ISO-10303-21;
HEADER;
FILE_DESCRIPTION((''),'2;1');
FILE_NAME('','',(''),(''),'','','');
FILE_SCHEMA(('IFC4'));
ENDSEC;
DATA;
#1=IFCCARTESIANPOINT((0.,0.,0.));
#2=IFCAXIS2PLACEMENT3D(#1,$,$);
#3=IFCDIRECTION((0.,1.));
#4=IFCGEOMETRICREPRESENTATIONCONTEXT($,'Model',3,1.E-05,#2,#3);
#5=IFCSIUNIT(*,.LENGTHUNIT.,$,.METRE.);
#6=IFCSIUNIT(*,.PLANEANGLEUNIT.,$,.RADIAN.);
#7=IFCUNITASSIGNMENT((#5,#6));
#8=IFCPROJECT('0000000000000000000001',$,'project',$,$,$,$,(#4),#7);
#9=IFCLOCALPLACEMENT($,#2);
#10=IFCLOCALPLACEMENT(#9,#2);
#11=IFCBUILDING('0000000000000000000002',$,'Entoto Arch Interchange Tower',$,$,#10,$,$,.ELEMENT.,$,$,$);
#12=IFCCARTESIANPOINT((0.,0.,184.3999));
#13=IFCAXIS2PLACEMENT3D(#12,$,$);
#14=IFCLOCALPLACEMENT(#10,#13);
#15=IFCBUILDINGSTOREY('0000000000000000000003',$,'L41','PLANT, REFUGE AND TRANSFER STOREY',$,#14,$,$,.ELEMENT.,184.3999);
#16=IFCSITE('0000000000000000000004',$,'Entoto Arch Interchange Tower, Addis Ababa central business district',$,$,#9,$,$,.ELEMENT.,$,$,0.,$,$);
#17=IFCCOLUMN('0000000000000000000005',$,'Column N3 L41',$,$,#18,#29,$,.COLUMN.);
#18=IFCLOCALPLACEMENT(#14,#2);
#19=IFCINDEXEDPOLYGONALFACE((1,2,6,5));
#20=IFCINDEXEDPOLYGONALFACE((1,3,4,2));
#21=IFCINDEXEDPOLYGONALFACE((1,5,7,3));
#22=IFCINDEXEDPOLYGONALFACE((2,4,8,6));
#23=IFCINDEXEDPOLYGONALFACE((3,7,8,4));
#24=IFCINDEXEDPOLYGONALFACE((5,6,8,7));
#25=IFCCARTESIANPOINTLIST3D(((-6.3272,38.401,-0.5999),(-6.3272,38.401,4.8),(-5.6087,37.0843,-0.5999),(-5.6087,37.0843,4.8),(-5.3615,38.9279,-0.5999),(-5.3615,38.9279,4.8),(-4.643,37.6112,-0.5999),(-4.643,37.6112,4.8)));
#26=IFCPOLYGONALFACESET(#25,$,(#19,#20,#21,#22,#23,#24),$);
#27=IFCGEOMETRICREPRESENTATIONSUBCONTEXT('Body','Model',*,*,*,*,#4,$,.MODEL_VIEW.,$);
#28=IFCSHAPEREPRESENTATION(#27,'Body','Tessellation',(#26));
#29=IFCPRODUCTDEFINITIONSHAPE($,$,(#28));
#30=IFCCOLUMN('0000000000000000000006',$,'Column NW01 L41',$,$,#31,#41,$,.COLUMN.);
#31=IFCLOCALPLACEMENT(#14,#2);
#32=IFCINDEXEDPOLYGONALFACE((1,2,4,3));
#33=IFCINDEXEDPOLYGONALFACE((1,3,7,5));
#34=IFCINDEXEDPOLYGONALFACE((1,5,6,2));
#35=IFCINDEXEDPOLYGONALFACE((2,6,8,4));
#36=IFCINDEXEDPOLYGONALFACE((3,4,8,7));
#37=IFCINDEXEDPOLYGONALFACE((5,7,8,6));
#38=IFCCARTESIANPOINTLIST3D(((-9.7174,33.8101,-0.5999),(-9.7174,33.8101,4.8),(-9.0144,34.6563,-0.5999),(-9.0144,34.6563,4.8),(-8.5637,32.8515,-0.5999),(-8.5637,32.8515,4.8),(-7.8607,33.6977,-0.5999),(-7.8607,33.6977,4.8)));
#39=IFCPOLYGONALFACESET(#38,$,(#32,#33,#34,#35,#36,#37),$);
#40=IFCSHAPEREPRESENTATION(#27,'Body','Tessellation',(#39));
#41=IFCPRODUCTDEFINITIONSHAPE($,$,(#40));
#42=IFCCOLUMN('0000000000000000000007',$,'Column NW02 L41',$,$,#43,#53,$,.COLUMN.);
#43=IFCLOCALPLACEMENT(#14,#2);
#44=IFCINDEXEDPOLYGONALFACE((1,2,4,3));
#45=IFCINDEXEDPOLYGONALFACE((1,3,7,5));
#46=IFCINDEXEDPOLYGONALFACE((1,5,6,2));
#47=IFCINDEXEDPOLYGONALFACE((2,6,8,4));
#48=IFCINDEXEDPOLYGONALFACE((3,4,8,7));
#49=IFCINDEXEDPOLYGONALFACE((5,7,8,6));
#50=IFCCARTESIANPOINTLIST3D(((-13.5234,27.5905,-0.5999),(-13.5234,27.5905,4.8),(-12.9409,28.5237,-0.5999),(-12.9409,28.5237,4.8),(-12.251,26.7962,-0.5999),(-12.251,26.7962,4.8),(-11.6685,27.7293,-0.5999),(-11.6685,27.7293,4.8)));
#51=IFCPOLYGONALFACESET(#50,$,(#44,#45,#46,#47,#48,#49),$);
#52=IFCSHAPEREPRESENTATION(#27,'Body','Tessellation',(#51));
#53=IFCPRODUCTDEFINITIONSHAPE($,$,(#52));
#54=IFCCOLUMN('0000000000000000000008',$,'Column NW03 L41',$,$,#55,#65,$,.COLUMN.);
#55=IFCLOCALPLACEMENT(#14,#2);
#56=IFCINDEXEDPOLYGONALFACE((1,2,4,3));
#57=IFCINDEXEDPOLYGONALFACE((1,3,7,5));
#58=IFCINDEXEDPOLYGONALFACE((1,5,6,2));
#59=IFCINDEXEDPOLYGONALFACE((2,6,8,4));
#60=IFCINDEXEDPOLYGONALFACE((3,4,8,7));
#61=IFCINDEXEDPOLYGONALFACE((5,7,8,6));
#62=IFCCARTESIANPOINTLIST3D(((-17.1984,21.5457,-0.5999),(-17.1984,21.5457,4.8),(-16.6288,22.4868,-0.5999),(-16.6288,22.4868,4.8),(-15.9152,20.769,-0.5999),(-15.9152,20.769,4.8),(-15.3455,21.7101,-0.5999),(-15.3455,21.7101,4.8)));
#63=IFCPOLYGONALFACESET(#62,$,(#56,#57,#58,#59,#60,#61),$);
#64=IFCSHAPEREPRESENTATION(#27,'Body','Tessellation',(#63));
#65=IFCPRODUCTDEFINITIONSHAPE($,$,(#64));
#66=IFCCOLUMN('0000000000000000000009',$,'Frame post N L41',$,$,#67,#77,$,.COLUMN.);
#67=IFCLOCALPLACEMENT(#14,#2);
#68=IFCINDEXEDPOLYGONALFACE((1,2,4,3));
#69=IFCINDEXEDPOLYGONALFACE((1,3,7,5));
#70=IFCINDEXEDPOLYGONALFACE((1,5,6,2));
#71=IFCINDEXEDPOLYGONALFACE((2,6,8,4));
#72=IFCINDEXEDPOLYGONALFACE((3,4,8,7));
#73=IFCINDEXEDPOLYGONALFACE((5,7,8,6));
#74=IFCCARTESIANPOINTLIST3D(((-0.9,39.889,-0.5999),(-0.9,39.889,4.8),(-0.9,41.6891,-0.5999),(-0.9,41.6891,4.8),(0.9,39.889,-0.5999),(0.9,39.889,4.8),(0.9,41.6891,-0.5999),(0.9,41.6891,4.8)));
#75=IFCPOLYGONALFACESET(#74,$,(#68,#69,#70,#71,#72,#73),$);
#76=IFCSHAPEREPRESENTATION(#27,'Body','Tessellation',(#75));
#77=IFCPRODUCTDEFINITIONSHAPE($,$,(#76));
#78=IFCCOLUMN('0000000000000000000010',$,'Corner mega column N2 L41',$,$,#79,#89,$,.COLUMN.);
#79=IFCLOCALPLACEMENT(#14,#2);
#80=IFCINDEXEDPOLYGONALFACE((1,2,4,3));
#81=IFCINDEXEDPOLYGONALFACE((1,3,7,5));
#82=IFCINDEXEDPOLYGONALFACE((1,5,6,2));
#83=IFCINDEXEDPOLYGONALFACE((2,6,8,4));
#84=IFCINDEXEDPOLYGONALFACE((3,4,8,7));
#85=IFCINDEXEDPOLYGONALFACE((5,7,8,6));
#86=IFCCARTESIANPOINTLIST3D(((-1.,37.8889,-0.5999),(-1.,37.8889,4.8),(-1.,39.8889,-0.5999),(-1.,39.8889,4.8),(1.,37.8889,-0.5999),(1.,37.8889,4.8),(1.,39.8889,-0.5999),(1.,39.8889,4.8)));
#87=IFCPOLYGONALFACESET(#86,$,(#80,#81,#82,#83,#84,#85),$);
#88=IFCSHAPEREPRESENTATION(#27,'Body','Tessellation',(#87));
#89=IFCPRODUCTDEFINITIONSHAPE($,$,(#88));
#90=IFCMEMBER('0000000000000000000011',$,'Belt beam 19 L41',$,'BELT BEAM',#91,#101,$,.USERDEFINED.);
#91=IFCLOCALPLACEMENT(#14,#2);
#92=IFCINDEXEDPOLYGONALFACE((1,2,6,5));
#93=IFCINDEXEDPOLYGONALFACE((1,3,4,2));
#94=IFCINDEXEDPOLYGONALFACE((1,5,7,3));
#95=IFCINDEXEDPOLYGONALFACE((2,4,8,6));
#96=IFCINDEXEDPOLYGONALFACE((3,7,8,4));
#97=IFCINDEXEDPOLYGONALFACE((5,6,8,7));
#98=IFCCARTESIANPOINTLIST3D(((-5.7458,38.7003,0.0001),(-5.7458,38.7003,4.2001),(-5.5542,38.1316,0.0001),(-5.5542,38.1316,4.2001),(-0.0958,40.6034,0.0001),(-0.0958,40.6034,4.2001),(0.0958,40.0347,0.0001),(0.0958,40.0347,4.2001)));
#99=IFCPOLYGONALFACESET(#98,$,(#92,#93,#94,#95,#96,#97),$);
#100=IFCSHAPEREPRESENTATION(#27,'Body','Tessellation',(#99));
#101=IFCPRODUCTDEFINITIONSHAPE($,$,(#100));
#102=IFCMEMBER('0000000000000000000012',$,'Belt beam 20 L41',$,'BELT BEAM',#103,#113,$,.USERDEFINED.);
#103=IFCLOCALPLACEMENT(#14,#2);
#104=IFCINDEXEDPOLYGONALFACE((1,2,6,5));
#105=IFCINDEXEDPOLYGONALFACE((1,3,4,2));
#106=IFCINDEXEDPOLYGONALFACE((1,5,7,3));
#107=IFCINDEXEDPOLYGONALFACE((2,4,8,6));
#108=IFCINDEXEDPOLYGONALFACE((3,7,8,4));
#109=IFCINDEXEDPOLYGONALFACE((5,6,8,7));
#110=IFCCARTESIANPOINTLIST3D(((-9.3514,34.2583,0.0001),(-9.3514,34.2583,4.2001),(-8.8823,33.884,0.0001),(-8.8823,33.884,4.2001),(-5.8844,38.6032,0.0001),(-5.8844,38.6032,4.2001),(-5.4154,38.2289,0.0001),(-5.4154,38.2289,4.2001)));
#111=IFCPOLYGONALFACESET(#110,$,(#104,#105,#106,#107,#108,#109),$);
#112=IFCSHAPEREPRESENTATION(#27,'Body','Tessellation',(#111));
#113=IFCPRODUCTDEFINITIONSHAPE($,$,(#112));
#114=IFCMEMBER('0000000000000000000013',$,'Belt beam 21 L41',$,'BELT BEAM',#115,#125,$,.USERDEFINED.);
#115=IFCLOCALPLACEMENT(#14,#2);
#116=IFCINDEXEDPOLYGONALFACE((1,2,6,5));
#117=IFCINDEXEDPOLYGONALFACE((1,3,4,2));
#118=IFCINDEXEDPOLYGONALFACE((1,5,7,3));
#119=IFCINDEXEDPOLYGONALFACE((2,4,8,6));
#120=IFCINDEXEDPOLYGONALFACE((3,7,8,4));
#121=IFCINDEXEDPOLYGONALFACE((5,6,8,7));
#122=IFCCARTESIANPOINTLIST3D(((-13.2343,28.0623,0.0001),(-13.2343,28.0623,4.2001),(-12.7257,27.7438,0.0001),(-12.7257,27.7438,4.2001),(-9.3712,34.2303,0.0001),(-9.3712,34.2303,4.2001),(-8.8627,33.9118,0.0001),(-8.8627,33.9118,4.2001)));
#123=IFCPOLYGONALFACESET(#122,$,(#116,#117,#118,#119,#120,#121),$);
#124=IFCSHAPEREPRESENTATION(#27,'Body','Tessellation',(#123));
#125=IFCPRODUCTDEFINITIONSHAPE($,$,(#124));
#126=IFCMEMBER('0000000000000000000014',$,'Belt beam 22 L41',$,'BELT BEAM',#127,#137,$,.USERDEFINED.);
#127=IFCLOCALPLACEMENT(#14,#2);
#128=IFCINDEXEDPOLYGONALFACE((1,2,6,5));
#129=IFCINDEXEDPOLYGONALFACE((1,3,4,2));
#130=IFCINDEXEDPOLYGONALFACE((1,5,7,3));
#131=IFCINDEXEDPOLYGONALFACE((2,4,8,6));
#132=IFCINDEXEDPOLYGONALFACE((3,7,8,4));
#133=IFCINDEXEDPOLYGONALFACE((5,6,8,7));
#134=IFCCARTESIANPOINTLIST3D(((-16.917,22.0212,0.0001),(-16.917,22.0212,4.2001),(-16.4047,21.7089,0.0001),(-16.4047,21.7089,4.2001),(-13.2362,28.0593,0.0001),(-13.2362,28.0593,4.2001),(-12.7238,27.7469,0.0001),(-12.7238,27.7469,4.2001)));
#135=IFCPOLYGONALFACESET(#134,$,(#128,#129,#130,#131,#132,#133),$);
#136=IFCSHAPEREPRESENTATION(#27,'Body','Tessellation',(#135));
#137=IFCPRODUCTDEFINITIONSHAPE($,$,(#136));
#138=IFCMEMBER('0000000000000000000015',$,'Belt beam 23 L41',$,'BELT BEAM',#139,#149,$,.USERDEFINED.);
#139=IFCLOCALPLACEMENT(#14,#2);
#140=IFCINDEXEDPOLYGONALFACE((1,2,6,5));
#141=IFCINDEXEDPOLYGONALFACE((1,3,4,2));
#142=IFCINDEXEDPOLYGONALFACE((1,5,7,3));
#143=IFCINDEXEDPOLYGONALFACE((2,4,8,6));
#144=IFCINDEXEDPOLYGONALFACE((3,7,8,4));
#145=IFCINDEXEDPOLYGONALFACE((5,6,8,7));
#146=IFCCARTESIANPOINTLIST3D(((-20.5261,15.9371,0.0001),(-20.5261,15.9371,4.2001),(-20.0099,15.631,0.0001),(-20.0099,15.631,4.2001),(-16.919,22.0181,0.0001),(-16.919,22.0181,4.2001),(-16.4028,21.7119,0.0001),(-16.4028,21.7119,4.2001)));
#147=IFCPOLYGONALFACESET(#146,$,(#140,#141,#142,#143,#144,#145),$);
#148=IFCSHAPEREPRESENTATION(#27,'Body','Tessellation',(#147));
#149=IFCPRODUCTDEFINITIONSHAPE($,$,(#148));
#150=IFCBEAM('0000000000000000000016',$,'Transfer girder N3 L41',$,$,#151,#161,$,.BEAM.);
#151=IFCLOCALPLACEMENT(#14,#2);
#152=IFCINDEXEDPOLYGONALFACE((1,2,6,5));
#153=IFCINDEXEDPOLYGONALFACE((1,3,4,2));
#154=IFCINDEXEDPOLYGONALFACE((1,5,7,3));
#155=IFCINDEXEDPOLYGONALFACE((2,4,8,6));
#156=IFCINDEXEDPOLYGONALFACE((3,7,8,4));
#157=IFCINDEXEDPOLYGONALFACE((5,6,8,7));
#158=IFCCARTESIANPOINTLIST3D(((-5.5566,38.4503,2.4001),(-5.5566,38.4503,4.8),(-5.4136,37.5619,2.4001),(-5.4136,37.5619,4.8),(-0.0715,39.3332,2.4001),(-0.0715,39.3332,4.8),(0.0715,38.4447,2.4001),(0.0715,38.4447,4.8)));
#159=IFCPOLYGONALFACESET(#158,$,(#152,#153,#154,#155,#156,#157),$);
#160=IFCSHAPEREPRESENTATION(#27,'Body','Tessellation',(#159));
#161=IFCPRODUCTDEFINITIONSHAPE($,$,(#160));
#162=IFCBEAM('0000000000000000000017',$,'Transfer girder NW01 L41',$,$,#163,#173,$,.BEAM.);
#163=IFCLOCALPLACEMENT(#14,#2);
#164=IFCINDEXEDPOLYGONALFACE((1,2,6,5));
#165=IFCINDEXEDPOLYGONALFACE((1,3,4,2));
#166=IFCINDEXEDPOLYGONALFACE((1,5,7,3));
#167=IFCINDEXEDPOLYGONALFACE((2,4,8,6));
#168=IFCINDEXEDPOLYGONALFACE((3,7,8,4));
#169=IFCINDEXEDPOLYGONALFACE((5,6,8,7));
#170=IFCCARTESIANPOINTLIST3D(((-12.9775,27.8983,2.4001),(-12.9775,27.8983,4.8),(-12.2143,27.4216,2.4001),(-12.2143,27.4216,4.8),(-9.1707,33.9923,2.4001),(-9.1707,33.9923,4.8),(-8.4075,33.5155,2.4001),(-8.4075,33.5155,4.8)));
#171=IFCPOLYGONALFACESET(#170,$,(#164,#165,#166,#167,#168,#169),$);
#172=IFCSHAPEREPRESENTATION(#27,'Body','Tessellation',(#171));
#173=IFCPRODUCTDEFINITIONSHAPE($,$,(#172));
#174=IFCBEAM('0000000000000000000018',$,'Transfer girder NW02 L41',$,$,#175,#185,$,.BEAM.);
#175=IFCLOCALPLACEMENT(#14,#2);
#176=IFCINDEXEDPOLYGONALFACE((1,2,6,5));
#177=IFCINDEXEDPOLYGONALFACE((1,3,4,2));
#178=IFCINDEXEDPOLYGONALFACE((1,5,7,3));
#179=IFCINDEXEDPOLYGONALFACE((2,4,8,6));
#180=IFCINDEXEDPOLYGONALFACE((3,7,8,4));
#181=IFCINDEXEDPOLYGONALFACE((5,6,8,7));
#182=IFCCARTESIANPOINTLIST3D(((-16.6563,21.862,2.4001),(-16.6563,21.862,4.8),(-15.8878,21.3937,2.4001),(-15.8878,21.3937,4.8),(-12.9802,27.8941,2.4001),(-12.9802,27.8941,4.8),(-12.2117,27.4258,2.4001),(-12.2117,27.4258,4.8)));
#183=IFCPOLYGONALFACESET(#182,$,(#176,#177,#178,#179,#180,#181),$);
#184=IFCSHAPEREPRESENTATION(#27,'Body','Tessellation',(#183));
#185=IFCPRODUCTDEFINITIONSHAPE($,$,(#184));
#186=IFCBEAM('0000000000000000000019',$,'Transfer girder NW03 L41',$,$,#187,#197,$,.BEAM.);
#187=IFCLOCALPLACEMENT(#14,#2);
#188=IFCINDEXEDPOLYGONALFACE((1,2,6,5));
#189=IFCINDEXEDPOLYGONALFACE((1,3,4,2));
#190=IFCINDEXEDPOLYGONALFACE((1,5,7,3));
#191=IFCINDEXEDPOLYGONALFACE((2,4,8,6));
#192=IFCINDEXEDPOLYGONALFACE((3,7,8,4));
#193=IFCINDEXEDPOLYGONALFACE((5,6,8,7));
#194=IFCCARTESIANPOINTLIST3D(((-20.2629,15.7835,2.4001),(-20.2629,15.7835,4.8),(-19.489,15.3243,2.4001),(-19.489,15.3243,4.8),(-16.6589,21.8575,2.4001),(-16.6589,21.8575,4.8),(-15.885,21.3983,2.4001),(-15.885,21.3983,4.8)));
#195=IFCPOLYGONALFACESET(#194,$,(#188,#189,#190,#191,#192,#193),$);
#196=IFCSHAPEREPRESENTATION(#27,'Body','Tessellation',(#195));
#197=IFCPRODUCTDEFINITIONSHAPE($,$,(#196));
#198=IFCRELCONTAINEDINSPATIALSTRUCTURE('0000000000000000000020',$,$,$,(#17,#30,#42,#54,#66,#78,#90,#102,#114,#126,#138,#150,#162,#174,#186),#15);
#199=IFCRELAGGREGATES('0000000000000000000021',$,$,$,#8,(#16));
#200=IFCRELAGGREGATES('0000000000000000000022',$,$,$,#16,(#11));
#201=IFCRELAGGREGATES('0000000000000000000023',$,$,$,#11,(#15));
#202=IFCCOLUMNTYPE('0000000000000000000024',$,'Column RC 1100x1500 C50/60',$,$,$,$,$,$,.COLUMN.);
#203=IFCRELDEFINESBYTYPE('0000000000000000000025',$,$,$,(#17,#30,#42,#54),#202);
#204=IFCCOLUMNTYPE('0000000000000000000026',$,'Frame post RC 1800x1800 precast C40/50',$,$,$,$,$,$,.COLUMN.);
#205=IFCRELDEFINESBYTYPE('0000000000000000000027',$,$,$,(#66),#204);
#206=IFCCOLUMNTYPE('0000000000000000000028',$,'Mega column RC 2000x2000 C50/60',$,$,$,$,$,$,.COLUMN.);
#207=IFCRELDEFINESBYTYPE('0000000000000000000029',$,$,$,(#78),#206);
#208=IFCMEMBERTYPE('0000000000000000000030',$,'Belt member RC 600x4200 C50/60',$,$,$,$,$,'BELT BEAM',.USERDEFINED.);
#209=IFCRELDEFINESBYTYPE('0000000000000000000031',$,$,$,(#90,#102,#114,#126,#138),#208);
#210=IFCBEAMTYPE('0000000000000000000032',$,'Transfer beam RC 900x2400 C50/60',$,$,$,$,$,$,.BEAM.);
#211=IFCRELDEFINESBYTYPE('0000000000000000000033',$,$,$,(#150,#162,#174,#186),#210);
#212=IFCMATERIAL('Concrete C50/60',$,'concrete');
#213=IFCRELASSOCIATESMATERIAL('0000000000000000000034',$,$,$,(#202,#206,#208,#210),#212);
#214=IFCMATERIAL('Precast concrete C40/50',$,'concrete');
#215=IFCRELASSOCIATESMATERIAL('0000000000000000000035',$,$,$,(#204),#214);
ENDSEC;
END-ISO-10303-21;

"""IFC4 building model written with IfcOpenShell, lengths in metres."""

from ifc_helpers import new_model, si_unit, direction, frame, origin, origin_2d, place, context, subcontext, project, spatial, rectangle, extrude, material, material_profile, profile_set, type_object, element, save


model = new_model("IFC4")

# Units and contexts
model_context = context("Model", 3, precision=1e-05, world=origin(), true_north=direction((0.0, 1.0)))
body_context = subcontext(model_context, "Body", "Model", "MODEL_VIEW")
ifc_project = project(units=[si_unit("LENGTHUNIT", "METRE"), si_unit("PLANEANGLEUNIT", "RADIAN")], contexts=[model_context])

# Site, building, storey
site_placement = place(None, origin())
site = spatial("IfcSite", under=ifc_project, at=site_placement, Name="Entoto Arch Interchange Tower, Addis Ababa central business district", CompositionType="ELEMENT", RefElevation=0.0)
building_placement = place(site_placement, origin())
building = spatial("IfcBuilding", under=site, at=building_placement, Name="Entoto Arch Interchange Tower", CompositionType="ELEMENT")
storey_placement = place(building_placement, frame((0.0, 0.0, 184.3999)))
storey = spatial("IfcBuildingStorey", under=building, at=storey_placement, Name="L41", Description="PLANT, REFUGE AND TRANSFER STOREY", CompositionType="ELEMENT", Elevation=184.3999)

# Columns
ifc_material_1 = material(Name="Concrete C50/60", Category="concrete")
ifc_material_profile_1 = material_profile(ifc_material_1, rectangle(XDim=1.1001, YDim=1.5, at=origin_2d()))
ifc_profile_set_1 = profile_set([ifc_material_profile_1], Name="Concrete C50/60")
column_type_1 = type_object("IfcColumnType", Name="Column RC 1100x1500 C50/60", PredefinedType="COLUMN", material=ifc_profile_set_1)
for number, where, z_axis, x_axis, name in (
    (1, (-5.4851, 38.0061, -0.5999), (0.0, 0.0, 1.0), (0.877833, 0.478968, 0.0), "Column N3 L41"),
    (2, (-8.7891, 33.7539, -0.5999), (0.0, 0.0, 1.0), (0.63905, 0.769165, 0.0), "Column NW01 L41"),
    (3, (-12.5959, 27.6599, -0.5999), (0.0, 0.0, 1.0), (0.529549, 0.848279, 0.0), "Column NW02 L41"),
    (4, (-16.272, 21.6279, -0.5999), (0.0, 0.0, 1.0), (0.517803, 0.8555, 0.0), "Column NW03 L41"),
):
    element("IfcColumn", number, at=place(storey_placement, frame(where, z_axis=z_axis, x_axis=x_axis)), inside=storey, type_object=column_type_1, Name=name, PredefinedType="COLUMN", context=body_context, shape_type="SweptSolid", body=[
        extrude(rectangle(XDim=1.1001, YDim=1.5, at=origin_2d()), origin(), (0.0, 0.0, 1.0), 5.3999),
    ])
ifc_material_2 = material(Name="Precast concrete C40/50", Category="concrete")
ifc_material_profile_2 = material_profile(ifc_material_2, rectangle(XDim=1.8, YDim=1.8, at=origin_2d()))
ifc_profile_set_2 = profile_set([ifc_material_profile_2], Name="Precast concrete C40/50")
column_type_2 = type_object("IfcColumnType", Name="Frame post RC 1800x1800 precast C40/50", PredefinedType="COLUMN", material=ifc_profile_set_2)
column_1_placement = place(storey_placement, frame((0.0, 40.7891, -0.5999), z_axis=(0.0, 0.0, 1.0), x_axis=(0.0, 1.0, 0.0)))
element("IfcColumn", 5, at=column_1_placement, inside=storey, type_object=column_type_2, Name="Frame post N L41", PredefinedType="COLUMN", context=body_context, shape_type="SweptSolid", body=[
    extrude(rectangle(XDim=1.8, YDim=1.8, at=origin_2d()), origin(), (0.0, 0.0, 1.0), 5.3999),
])
ifc_material_profile_3 = material_profile(ifc_material_1, rectangle(XDim=2.0, YDim=2.0, at=origin_2d()))
ifc_profile_set_3 = profile_set([ifc_material_profile_3], Name="Concrete C50/60")
column_type_3 = type_object("IfcColumnType", Name="Mega column RC 2000x2000 C50/60", PredefinedType="COLUMN", material=ifc_profile_set_3)
column_2_placement = place(storey_placement, frame((0.0, 38.8889, -0.5999), z_axis=(0.0, 0.0, 1.0), x_axis=(0.0, 1.0, 0.0)))
element("IfcColumn", 6, at=column_2_placement, inside=storey, type_object=column_type_3, Name="Corner mega column N2 L41", PredefinedType="COLUMN", context=body_context, shape_type="SweptSolid", body=[
    extrude(rectangle(XDim=2.0, YDim=2.0, at=origin_2d()), origin(), (0.0, 0.0, 1.0), 5.3999),
])

# Members
ifc_material_profile_4 = material_profile(ifc_material_1, rectangle(XDim=0.6001, YDim=4.2, at=origin_2d()))
ifc_profile_set_4 = profile_set([ifc_material_profile_4], Name="Concrete C50/60")
member_type = type_object("IfcMemberType", Name="Belt member RC 600x4200 C50/60", ElementType="BELT BEAM", PredefinedType="USERDEFINED", material=ifc_profile_set_4)
member_1_placement = place(storey_placement, frame((0.0, 40.3191, 2.1001), z_axis=(-0.947683, -0.319212, 0.0), x_axis=(0.319212, -0.947683, 0.0)))
element("IfcMember", 7, at=member_1_placement, inside=storey, type_object=member_type, Name="Belt beam 19 L41", ObjectType="BELT BEAM", PredefinedType="USERDEFINED", context=body_context, shape_type="SweptSolid", body=[
    extrude(rectangle(XDim=0.6001, YDim=4.2, at=origin_2d()), origin(), (0.0, 0.0, 1.0), 5.9619),
])
member_2_placement = place(storey_placement, frame((-5.6499, 38.416, 2.1001), z_axis=(-0.623714, -0.781652, 0.0), x_axis=(0.781652, -0.623714, 0.0)))
element("IfcMember", 8, at=member_2_placement, inside=storey, type_object=member_type, Name="Belt beam 20 L41", ObjectType="BELT BEAM", PredefinedType="USERDEFINED", context=body_context, shape_type="SweptSolid", body=[
    extrude(rectangle(XDim=0.6001, YDim=4.2, at=origin_2d()), origin(), (0.0, 0.0, 1.0), 5.5586),
])
member_3_placement = place(storey_placement, frame((-9.1169, 34.071, 2.1001), z_axis=(-0.530795, -0.8475, 0.0), x_axis=(0.8475, -0.530795, 0.0)))
element("IfcMember", 9, at=member_3_placement, inside=storey, type_object=member_type, Name="Belt beam 21 L41", ObjectType="BELT BEAM", PredefinedType="USERDEFINED", context=body_context, shape_type="SweptSolid", body=[
    extrude(rectangle(XDim=0.6001, YDim=4.2, at=origin_2d()), origin(), (0.0, 0.0, 1.0), 7.2778),
])
member_4_placement = place(storey_placement, frame((-12.98, 27.9031, 2.1001), z_axis=(-0.52052, -0.85385, 0.0), x_axis=(0.85385, -0.52052, 0.0)))
element("IfcMember", 10, at=member_4_placement, inside=storey, type_object=member_type, Name="Belt beam 22 L41", ObjectType="BELT BEAM", PredefinedType="USERDEFINED", context=body_context, shape_type="SweptSolid", body=[
    extrude(rectangle(XDim=0.6001, YDim=4.2, at=origin_2d()), origin(), (0.0, 0.0, 1.0), 7.0715),
])
member_5_placement = place(storey_placement, frame((-16.6609, 21.865, 2.1001), z_axis=(-0.510178, -0.860069, 0.0), x_axis=(0.860069, -0.510178, 0.0)))
element("IfcMember", 11, at=member_5_placement, inside=storey, type_object=member_type, Name="Belt beam 23 L41", ObjectType="BELT BEAM", PredefinedType="USERDEFINED", context=body_context, shape_type="SweptSolid", body=[
    extrude(rectangle(XDim=0.6001, YDim=4.2, at=origin_2d()), origin(), (0.0, 0.0, 1.0), 7.0703),
])

# Beams
ifc_material_profile_5 = material_profile(ifc_material_1, rectangle(XDim=0.8999, YDim=2.3999, at=origin_2d()))
ifc_profile_set_5 = profile_set([ifc_material_profile_5], Name="Concrete C50/60")
beam_type = type_object("IfcBeamType", Name="Transfer beam RC 900x2400 C50/60", PredefinedType="BEAM", material=ifc_profile_set_5)
beam_1_placement = place(storey_placement, frame((0.0, 38.8889, 3.6001), z_axis=(-0.987294, -0.158902, 0.0), x_axis=(0.158902, -0.987294, 0.0)))
element("IfcBeam", 12, at=beam_1_placement, inside=storey, type_object=beam_type, Name="Transfer girder N3 L41", PredefinedType="BEAM", context=body_context, shape_type="SweptSolid", body=[
    extrude(rectangle(XDim=0.8999, YDim=2.3999, at=origin_2d()), origin(), (0.0, 0.0, 1.0), 5.5557),
])
beam_2_placement = place(storey_placement, frame((-8.7891, 33.7539, 3.6001), z_axis=(-0.529813, -0.848115, 0.0), x_axis=(0.848115, -0.529813, 0.0)))
element("IfcBeam", 13, at=beam_2_placement, inside=storey, type_object=beam_type, Name="Transfer girder NW01 L41", PredefinedType="BEAM", context=body_context, shape_type="SweptSolid", body=[
    extrude(rectangle(XDim=0.8999, YDim=2.3999, at=origin_2d()), origin(), (0.0, 0.0, 1.0), 7.1853),
])
beam_3_placement = place(storey_placement, frame((-12.5959, 27.6599, 3.6001), z_axis=(-0.5204, -0.853923, 0.0), x_axis=(0.853923, -0.5204, 0.0)))
element("IfcBeam", 14, at=beam_3_placement, inside=storey, type_object=beam_type, Name="Transfer girder NW02 L41", PredefinedType="BEAM", context=body_context, shape_type="SweptSolid", body=[
    extrude(rectangle(XDim=0.8999, YDim=2.3999, at=origin_2d()), origin(), (0.0, 0.0, 1.0), 7.064),
])
beam_4_placement = place(storey_placement, frame((-16.272, 21.6279, 3.6001), z_axis=(-0.510286, -0.860005, 0.0), x_axis=(0.860005, -0.510286, 0.0)))
element("IfcBeam", 15, at=beam_4_placement, inside=storey, type_object=beam_type, Name="Transfer girder NW03 L41", PredefinedType="BEAM", context=body_context, shape_type="SweptSolid", body=[
    extrude(rectangle(XDim=0.8999, YDim=2.3999, at=origin_2d()), origin(), (0.0, 0.0, 1.0), 7.0627),
])

save(model, "model.ifc")
